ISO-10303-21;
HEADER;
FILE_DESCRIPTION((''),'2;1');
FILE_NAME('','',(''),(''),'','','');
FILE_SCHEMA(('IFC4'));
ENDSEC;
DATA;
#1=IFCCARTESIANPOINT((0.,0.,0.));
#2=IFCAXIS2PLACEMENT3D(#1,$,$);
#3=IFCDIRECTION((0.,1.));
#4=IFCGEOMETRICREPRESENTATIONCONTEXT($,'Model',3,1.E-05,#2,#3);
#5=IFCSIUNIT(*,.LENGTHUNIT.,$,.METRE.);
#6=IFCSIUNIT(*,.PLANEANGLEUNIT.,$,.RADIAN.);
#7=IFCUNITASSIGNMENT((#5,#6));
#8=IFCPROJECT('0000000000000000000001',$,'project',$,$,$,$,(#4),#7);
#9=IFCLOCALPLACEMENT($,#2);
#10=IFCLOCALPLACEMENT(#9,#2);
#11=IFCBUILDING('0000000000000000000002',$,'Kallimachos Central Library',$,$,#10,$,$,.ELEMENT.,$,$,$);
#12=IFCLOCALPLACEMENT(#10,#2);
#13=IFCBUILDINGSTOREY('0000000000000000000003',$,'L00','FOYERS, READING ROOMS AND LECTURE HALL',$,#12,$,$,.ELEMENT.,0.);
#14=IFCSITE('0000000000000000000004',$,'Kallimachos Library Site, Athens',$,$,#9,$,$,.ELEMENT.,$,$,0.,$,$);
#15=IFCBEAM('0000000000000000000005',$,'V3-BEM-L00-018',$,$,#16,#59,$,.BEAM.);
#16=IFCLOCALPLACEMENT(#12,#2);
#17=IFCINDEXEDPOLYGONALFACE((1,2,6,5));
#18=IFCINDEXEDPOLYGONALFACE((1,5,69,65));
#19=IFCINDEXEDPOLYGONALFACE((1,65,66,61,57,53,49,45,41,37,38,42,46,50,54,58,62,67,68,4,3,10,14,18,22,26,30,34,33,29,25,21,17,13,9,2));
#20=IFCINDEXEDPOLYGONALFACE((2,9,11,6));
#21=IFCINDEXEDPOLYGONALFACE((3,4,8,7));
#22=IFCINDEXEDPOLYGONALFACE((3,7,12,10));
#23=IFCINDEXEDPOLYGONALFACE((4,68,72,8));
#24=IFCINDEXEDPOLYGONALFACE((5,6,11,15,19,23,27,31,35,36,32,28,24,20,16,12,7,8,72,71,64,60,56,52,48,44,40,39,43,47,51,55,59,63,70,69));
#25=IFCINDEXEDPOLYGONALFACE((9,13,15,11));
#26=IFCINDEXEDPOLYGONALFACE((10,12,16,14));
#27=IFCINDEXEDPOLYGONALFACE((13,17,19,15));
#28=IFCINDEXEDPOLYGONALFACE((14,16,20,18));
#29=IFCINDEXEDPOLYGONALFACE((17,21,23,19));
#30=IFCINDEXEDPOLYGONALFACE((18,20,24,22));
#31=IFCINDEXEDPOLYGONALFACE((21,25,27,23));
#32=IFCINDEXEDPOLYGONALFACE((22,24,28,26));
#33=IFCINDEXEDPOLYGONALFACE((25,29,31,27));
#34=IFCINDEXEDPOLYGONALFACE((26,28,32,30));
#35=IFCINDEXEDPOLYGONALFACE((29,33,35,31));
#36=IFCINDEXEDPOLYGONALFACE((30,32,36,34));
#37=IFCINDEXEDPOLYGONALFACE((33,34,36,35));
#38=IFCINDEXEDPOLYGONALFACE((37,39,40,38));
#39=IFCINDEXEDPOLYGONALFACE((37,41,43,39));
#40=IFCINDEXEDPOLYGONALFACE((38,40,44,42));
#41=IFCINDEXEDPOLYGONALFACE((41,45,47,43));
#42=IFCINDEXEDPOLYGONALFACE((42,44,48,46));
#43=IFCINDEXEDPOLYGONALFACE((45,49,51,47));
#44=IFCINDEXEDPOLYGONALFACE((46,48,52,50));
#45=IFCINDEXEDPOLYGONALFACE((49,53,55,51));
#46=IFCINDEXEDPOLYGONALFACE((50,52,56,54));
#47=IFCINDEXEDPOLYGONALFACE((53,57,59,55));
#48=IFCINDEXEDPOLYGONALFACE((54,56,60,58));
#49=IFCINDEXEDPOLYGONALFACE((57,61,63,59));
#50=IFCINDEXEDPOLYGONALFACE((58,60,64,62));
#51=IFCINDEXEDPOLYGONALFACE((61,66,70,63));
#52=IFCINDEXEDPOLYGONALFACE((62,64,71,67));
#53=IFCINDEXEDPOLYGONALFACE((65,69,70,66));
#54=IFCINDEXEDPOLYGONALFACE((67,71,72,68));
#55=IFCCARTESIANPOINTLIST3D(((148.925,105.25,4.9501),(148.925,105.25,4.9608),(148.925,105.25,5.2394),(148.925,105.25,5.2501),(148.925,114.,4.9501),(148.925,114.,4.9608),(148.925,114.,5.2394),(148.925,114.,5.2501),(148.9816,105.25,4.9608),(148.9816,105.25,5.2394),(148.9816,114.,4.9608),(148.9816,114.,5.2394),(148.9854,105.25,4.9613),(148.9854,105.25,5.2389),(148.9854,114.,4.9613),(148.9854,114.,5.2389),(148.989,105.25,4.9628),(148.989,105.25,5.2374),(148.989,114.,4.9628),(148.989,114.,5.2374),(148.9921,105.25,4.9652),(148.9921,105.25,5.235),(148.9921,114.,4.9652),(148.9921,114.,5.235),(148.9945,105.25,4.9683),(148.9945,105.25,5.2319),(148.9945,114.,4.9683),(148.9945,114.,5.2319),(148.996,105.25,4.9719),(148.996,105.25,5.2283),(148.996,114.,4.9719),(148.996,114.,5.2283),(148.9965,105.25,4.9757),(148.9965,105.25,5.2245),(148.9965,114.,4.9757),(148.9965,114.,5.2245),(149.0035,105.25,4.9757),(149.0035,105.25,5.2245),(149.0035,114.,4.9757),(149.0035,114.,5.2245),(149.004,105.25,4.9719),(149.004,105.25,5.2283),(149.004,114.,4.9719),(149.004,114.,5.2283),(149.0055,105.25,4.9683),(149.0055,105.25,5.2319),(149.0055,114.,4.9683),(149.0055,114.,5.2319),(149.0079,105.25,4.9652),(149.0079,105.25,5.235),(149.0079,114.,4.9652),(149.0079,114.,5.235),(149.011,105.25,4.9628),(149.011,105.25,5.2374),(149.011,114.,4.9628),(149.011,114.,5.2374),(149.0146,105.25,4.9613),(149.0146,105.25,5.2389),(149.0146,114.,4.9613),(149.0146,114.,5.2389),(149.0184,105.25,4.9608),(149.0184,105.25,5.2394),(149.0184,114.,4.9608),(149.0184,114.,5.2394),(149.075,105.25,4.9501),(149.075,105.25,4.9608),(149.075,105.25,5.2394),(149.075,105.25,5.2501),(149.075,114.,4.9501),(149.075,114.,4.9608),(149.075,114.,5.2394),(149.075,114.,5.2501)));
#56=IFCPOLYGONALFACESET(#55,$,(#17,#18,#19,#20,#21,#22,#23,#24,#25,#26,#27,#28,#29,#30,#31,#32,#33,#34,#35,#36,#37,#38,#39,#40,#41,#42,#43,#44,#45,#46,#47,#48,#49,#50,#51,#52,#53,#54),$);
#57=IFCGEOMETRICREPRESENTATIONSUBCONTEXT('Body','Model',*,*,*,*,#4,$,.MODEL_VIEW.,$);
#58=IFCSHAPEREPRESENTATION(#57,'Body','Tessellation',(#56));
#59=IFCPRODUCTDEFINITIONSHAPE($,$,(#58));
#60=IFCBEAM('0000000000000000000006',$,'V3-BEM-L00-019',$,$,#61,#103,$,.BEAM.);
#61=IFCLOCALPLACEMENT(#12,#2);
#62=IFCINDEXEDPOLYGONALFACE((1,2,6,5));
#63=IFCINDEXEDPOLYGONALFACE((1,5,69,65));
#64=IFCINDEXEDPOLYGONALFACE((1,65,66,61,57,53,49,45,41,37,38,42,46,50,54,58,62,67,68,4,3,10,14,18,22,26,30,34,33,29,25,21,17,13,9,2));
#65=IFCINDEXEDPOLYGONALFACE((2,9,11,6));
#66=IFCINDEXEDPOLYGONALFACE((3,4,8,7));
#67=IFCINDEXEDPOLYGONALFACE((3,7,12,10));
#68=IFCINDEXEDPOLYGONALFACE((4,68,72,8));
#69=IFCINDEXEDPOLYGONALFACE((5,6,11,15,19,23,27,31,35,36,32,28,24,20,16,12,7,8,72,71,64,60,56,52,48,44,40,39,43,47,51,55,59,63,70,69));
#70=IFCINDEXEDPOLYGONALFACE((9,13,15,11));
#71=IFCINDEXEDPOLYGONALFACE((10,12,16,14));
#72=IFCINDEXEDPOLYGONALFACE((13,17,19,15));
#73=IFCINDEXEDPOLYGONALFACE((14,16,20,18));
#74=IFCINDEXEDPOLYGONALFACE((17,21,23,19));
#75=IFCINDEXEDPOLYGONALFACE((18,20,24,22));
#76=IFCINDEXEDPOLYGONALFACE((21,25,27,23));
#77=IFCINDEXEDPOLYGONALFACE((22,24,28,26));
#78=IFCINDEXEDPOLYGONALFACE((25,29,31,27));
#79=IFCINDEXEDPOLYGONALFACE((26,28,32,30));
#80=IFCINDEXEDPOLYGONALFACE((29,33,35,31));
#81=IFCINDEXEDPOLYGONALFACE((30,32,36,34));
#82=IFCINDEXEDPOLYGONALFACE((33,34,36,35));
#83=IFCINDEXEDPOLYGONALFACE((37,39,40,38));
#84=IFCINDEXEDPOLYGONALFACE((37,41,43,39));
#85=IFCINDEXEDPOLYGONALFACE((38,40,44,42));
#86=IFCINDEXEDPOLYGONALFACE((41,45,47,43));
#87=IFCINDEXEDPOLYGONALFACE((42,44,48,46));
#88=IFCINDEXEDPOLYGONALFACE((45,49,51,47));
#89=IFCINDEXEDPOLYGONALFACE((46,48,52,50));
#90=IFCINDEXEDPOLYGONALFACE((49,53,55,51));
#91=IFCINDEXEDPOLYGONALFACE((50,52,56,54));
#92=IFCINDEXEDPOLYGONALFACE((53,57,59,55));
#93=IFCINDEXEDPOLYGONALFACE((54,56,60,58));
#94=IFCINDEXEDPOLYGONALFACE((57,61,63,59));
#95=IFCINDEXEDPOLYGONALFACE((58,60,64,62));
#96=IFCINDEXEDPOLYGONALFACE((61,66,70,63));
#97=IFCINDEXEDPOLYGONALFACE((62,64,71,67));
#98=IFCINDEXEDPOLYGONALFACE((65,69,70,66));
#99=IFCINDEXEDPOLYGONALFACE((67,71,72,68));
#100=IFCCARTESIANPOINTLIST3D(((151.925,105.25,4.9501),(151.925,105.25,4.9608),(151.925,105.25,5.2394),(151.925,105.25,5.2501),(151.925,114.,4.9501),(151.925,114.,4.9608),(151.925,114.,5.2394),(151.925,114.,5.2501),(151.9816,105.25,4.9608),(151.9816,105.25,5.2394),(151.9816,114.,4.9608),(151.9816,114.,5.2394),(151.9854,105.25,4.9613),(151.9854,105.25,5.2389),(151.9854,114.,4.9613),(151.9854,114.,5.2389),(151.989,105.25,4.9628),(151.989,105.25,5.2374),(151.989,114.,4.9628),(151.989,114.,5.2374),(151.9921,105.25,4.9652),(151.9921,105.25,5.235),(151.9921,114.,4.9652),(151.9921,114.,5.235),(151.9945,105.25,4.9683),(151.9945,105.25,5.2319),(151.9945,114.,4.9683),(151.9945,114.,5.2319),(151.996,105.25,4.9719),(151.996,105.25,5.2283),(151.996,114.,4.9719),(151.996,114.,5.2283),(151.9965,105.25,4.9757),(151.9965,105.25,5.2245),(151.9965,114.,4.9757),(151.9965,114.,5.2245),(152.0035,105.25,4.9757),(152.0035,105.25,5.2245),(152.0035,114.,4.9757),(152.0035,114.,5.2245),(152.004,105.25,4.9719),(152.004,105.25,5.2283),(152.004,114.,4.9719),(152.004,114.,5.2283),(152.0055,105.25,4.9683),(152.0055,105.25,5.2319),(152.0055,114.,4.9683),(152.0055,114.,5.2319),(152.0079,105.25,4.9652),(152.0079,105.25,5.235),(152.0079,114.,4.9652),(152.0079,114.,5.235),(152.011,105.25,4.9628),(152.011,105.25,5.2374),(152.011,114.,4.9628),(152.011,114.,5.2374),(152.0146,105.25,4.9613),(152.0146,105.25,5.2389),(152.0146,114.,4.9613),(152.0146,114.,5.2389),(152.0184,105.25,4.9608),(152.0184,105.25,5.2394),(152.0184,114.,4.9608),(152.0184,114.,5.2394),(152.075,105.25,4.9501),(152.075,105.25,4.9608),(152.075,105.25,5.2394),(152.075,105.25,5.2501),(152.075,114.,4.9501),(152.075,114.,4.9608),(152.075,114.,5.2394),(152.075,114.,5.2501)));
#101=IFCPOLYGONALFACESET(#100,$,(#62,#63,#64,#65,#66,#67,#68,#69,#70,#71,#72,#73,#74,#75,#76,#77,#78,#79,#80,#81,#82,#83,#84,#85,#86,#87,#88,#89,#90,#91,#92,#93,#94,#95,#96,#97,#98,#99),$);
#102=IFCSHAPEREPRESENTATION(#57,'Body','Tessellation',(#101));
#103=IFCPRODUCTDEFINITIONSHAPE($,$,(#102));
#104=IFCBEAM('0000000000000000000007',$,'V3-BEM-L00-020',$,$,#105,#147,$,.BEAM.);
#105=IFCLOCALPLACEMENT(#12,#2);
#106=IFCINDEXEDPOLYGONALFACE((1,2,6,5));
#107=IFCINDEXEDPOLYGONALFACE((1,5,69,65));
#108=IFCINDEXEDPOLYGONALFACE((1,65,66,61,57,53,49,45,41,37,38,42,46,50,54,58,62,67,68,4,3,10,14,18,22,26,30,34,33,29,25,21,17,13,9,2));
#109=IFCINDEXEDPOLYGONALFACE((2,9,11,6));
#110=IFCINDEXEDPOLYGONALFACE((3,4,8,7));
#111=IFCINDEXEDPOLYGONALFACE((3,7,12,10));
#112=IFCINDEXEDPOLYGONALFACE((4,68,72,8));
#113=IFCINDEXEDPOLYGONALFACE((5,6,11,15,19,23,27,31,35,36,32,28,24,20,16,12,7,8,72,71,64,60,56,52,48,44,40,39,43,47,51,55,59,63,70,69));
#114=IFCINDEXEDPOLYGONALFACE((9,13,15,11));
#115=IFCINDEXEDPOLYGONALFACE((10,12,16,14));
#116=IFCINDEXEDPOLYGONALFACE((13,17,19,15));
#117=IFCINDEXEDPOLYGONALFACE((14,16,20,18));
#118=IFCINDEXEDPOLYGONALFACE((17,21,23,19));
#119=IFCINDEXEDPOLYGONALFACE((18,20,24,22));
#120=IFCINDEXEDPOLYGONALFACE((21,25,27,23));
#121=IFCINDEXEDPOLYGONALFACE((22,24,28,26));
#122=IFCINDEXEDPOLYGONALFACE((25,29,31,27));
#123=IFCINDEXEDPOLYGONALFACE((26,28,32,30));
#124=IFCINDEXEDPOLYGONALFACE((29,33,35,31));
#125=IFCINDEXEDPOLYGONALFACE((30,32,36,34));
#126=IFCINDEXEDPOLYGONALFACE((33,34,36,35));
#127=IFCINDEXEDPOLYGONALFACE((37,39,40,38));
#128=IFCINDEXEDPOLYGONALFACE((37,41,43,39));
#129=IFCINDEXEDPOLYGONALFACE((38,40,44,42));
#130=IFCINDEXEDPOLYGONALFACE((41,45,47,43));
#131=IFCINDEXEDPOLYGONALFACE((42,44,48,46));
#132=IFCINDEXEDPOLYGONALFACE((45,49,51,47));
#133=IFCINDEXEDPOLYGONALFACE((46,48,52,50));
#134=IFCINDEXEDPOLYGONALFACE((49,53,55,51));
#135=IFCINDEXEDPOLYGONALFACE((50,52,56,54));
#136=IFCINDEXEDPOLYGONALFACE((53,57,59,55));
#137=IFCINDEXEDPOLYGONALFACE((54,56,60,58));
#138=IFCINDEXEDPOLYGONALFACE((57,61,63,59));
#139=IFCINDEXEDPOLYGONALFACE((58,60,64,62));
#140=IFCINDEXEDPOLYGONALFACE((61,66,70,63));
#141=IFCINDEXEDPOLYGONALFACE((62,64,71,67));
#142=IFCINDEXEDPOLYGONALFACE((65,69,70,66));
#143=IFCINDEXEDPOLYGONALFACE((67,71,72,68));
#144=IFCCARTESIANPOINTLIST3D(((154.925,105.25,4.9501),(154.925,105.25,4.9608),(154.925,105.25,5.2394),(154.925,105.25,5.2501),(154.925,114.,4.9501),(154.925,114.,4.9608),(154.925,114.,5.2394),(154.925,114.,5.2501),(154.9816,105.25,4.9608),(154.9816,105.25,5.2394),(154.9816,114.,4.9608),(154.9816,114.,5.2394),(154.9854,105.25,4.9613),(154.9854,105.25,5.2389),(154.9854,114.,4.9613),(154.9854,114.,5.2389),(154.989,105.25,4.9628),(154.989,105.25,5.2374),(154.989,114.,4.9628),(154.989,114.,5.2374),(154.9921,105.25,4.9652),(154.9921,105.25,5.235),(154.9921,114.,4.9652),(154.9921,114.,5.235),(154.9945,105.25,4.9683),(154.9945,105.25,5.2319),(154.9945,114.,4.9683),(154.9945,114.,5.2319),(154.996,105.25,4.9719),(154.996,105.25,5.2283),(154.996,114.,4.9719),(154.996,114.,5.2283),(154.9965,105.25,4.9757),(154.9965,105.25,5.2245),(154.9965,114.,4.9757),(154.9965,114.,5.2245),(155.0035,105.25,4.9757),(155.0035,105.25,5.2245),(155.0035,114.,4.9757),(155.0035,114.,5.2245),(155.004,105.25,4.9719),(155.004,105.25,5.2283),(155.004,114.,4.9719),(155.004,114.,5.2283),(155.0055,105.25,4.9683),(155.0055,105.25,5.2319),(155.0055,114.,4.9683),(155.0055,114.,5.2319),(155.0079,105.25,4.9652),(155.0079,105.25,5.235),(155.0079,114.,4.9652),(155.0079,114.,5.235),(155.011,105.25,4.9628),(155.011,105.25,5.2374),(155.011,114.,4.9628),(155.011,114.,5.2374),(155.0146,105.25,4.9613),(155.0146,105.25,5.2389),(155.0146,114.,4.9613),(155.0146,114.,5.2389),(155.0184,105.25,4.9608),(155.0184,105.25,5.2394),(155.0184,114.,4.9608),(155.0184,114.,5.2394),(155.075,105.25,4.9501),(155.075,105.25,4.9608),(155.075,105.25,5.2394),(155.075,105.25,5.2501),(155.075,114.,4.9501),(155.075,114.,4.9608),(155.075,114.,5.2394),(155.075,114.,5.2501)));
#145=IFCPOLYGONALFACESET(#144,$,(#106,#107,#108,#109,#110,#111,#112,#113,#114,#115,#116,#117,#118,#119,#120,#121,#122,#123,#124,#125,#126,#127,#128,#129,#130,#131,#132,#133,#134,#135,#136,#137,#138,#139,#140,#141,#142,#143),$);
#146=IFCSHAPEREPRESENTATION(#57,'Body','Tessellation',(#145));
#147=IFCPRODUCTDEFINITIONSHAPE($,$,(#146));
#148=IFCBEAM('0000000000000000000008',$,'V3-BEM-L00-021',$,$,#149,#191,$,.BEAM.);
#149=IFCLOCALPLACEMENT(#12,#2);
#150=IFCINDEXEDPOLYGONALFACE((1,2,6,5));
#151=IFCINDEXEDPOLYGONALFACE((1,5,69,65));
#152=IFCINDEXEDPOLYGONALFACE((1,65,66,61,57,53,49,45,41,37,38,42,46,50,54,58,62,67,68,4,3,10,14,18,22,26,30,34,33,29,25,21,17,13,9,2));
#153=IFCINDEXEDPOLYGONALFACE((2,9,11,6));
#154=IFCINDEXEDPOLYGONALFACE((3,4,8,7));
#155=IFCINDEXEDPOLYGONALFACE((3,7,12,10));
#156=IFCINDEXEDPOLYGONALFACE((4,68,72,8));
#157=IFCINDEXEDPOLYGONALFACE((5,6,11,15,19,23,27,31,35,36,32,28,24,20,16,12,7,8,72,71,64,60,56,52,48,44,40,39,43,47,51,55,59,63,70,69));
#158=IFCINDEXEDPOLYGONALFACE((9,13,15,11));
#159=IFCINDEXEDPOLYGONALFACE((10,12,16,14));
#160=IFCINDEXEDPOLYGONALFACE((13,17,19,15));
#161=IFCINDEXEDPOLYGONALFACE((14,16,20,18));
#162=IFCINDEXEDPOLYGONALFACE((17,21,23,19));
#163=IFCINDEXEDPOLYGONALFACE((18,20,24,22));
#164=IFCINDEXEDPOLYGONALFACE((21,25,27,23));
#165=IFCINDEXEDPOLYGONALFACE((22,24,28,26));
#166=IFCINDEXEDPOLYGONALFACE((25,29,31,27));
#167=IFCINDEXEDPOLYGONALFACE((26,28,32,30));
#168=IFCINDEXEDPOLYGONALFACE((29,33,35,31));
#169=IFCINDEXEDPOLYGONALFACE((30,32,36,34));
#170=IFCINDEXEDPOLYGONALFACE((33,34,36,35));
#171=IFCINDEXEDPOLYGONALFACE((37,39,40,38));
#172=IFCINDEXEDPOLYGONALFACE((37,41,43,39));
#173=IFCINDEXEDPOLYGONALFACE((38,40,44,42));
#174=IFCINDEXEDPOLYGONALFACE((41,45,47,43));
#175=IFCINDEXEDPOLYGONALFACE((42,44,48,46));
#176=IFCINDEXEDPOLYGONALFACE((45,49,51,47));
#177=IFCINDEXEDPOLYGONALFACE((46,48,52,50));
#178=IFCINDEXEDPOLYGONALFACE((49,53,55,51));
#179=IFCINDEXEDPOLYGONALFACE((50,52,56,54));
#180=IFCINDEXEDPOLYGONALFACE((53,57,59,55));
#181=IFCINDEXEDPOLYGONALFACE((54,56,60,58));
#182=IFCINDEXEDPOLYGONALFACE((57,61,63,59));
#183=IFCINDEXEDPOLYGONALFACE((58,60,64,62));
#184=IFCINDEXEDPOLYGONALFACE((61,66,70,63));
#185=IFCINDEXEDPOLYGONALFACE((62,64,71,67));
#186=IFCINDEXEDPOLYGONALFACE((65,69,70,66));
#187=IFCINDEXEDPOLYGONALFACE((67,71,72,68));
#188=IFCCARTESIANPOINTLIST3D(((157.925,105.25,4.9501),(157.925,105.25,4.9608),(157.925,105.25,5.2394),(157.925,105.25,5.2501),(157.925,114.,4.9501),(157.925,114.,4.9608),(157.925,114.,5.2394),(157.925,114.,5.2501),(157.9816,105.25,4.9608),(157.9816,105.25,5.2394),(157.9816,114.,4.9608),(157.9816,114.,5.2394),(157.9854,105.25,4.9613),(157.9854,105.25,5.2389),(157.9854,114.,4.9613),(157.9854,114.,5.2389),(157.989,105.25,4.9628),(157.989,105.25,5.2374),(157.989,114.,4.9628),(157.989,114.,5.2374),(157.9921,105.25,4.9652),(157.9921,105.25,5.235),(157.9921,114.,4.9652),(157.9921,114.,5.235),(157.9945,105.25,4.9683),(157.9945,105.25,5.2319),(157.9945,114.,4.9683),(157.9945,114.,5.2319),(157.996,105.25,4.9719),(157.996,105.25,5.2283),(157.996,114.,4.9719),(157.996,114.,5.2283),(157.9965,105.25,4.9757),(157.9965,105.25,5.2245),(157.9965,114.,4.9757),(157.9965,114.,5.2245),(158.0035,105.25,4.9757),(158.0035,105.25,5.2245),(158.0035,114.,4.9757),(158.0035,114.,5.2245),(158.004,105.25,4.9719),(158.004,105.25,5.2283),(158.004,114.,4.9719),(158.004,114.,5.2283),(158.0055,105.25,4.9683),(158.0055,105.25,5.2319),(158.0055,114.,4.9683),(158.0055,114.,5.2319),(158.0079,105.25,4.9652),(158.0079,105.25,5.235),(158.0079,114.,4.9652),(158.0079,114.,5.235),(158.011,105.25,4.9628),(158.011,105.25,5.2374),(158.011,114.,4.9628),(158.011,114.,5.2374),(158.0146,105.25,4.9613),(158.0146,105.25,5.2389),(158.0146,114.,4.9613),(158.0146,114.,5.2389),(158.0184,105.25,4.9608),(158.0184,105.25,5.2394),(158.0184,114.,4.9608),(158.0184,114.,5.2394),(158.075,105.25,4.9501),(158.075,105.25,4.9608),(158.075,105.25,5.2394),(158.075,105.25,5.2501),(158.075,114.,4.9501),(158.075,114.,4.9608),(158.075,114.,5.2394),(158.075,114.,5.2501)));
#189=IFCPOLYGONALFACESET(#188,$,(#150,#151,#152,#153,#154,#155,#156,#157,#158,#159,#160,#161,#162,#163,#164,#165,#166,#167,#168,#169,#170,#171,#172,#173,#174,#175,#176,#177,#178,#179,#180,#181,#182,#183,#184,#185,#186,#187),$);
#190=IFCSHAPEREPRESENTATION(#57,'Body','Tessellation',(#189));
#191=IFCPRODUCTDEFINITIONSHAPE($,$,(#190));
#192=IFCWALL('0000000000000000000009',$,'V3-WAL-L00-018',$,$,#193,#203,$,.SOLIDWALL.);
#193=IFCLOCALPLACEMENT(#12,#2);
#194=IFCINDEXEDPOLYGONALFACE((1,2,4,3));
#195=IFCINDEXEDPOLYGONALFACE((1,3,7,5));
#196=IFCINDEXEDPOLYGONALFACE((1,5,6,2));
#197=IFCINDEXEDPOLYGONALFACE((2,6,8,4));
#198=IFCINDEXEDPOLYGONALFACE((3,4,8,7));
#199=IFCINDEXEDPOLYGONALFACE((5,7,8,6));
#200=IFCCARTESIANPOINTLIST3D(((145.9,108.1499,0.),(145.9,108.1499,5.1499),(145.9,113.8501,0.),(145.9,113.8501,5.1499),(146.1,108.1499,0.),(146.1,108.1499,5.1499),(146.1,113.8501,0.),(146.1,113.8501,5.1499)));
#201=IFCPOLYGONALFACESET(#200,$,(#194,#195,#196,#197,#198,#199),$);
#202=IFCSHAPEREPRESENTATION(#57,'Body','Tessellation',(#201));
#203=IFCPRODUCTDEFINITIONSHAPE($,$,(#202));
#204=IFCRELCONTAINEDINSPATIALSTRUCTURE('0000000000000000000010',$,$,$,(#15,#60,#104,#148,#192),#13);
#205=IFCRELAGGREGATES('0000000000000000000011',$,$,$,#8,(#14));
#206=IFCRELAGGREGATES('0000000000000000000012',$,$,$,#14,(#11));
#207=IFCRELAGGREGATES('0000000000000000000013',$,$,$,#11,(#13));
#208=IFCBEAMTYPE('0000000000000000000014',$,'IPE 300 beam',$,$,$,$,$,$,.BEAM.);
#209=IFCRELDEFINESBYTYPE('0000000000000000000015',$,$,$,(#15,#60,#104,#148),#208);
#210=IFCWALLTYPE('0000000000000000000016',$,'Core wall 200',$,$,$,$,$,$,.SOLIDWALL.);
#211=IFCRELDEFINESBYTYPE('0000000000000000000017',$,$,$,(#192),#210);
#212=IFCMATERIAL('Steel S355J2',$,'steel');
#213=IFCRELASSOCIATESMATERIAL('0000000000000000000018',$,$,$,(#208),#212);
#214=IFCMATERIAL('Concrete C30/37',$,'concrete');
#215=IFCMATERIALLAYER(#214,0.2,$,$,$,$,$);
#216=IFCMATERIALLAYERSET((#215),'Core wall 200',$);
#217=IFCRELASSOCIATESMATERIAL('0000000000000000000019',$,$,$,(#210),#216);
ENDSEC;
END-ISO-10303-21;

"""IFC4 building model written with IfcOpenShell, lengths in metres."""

from ifc_helpers import new_model, si_unit, direction, frame, frame_2d, origin, origin_2d, place, context, subcontext, project, spatial, rectangle, i_section, extrude, material, layer, layer_set, material_profile, profile_set, type_object, element, save


model = new_model("IFC4")

# Units and contexts
model_context = context("Model", 3, precision=1e-05, world=origin(), true_north=direction((0.0, 1.0)))
body_context = subcontext(model_context, "Body", "Model", "MODEL_VIEW")
ifc_project = project(units=[si_unit("LENGTHUNIT", "METRE"), si_unit("PLANEANGLEUNIT", "RADIAN")], contexts=[model_context])

# Site, building, storey
site_placement = place(None, origin())
site = spatial("IfcSite", under=ifc_project, at=site_placement, Name="Kallimachos Library Site, Athens", CompositionType="ELEMENT", RefElevation=0.0)
building_placement = place(site_placement, origin())
building = spatial("IfcBuilding", under=site, at=building_placement, Name="Kallimachos Central Library", CompositionType="ELEMENT")
storey_placement = place(building_placement, origin())
storey = spatial("IfcBuildingStorey", under=building, at=storey_placement, Name="L00", Description="FOYERS, READING ROOMS AND LECTURE HALL", CompositionType="ELEMENT", Elevation=0.0)

# Beams
ifc_material_1 = material(Name="Steel S355J2", Category="steel")
ifc_material_profile_1 = material_profile(ifc_material_1, i_section(OverallWidth=0.1499, OverallDepth=0.3, WebThickness=0.0071, FlangeThickness=0.0107, FilletRadius=0.0149, at=origin_2d()), Name="IPE 300")
ifc_profile_set_1 = profile_set([ifc_material_profile_1], Name="Steel S355J2")
beam_type = type_object("IfcBeamType", Name="IPE 300 beam", PredefinedType="BEAM", material=ifc_profile_set_1)
for number, where, z_axis, x_axis, name in (
    (1, (149.0, 105.25, 5.1001), (0.0, 1.0, 0.0), (-1.0, 0.0, 0.0), "V3-BEM-L00-018"),
    (2, (152.0, 105.25, 5.1001), (0.0, 1.0, 0.0), (-1.0, 0.0, 0.0), "V3-BEM-L00-019"),
    (3, (155.0, 105.25, 5.1001), (0.0, 1.0, 0.0), (-1.0, 0.0, 0.0), "V3-BEM-L00-020"),
    (4, (158.0, 105.25, 5.1001), (0.0, 1.0, 0.0), (-1.0, 0.0, 0.0), "V3-BEM-L00-021"),
):
    element("IfcBeam", number, at=place(storey_placement, frame(where, z_axis=z_axis, x_axis=x_axis)), inside=storey, type_object=beam_type, Name=name, PredefinedType="BEAM", context=body_context, shape_type="SweptSolid", body=[
        extrude(i_section(OverallWidth=0.1499, OverallDepth=0.3, WebThickness=0.0071, FlangeThickness=0.0107, FilletRadius=0.0149, at=origin_2d()), origin(), (0.0, 0.0, 1.0), 8.75),
    ])

# Wall
ifc_material_2 = material(Name="Concrete C30/37", Category="concrete")
ifc_layer_1 = layer(ifc_material_2, 0.2)
ifc_layer_set_1 = layer_set([ifc_layer_1], Name="Core wall 200")
wall_type_1 = type_object("IfcWallType", Name="Core wall 200", PredefinedType="SOLIDWALL", material=ifc_layer_set_1)
wall_1_placement = place(storey_placement, frame((146.0, 108.1499, 0.0), z_axis=(0.0, 0.0, 1.0), x_axis=(0.0, 1.0, 0.0)))
element("IfcWall", 5, at=wall_1_placement, inside=storey, type_object=wall_type_1, Name="V3-WAL-L00-018", PredefinedType="SOLIDWALL", context=body_context, shape_type="SweptSolid", body=[
    extrude(rectangle(XDim=5.7002, YDim=0.2, at=frame_2d((2.8501, 0.0))), origin(), (0.0, 0.0, 1.0), 5.1499),
])

save(model, "model.ifc")
